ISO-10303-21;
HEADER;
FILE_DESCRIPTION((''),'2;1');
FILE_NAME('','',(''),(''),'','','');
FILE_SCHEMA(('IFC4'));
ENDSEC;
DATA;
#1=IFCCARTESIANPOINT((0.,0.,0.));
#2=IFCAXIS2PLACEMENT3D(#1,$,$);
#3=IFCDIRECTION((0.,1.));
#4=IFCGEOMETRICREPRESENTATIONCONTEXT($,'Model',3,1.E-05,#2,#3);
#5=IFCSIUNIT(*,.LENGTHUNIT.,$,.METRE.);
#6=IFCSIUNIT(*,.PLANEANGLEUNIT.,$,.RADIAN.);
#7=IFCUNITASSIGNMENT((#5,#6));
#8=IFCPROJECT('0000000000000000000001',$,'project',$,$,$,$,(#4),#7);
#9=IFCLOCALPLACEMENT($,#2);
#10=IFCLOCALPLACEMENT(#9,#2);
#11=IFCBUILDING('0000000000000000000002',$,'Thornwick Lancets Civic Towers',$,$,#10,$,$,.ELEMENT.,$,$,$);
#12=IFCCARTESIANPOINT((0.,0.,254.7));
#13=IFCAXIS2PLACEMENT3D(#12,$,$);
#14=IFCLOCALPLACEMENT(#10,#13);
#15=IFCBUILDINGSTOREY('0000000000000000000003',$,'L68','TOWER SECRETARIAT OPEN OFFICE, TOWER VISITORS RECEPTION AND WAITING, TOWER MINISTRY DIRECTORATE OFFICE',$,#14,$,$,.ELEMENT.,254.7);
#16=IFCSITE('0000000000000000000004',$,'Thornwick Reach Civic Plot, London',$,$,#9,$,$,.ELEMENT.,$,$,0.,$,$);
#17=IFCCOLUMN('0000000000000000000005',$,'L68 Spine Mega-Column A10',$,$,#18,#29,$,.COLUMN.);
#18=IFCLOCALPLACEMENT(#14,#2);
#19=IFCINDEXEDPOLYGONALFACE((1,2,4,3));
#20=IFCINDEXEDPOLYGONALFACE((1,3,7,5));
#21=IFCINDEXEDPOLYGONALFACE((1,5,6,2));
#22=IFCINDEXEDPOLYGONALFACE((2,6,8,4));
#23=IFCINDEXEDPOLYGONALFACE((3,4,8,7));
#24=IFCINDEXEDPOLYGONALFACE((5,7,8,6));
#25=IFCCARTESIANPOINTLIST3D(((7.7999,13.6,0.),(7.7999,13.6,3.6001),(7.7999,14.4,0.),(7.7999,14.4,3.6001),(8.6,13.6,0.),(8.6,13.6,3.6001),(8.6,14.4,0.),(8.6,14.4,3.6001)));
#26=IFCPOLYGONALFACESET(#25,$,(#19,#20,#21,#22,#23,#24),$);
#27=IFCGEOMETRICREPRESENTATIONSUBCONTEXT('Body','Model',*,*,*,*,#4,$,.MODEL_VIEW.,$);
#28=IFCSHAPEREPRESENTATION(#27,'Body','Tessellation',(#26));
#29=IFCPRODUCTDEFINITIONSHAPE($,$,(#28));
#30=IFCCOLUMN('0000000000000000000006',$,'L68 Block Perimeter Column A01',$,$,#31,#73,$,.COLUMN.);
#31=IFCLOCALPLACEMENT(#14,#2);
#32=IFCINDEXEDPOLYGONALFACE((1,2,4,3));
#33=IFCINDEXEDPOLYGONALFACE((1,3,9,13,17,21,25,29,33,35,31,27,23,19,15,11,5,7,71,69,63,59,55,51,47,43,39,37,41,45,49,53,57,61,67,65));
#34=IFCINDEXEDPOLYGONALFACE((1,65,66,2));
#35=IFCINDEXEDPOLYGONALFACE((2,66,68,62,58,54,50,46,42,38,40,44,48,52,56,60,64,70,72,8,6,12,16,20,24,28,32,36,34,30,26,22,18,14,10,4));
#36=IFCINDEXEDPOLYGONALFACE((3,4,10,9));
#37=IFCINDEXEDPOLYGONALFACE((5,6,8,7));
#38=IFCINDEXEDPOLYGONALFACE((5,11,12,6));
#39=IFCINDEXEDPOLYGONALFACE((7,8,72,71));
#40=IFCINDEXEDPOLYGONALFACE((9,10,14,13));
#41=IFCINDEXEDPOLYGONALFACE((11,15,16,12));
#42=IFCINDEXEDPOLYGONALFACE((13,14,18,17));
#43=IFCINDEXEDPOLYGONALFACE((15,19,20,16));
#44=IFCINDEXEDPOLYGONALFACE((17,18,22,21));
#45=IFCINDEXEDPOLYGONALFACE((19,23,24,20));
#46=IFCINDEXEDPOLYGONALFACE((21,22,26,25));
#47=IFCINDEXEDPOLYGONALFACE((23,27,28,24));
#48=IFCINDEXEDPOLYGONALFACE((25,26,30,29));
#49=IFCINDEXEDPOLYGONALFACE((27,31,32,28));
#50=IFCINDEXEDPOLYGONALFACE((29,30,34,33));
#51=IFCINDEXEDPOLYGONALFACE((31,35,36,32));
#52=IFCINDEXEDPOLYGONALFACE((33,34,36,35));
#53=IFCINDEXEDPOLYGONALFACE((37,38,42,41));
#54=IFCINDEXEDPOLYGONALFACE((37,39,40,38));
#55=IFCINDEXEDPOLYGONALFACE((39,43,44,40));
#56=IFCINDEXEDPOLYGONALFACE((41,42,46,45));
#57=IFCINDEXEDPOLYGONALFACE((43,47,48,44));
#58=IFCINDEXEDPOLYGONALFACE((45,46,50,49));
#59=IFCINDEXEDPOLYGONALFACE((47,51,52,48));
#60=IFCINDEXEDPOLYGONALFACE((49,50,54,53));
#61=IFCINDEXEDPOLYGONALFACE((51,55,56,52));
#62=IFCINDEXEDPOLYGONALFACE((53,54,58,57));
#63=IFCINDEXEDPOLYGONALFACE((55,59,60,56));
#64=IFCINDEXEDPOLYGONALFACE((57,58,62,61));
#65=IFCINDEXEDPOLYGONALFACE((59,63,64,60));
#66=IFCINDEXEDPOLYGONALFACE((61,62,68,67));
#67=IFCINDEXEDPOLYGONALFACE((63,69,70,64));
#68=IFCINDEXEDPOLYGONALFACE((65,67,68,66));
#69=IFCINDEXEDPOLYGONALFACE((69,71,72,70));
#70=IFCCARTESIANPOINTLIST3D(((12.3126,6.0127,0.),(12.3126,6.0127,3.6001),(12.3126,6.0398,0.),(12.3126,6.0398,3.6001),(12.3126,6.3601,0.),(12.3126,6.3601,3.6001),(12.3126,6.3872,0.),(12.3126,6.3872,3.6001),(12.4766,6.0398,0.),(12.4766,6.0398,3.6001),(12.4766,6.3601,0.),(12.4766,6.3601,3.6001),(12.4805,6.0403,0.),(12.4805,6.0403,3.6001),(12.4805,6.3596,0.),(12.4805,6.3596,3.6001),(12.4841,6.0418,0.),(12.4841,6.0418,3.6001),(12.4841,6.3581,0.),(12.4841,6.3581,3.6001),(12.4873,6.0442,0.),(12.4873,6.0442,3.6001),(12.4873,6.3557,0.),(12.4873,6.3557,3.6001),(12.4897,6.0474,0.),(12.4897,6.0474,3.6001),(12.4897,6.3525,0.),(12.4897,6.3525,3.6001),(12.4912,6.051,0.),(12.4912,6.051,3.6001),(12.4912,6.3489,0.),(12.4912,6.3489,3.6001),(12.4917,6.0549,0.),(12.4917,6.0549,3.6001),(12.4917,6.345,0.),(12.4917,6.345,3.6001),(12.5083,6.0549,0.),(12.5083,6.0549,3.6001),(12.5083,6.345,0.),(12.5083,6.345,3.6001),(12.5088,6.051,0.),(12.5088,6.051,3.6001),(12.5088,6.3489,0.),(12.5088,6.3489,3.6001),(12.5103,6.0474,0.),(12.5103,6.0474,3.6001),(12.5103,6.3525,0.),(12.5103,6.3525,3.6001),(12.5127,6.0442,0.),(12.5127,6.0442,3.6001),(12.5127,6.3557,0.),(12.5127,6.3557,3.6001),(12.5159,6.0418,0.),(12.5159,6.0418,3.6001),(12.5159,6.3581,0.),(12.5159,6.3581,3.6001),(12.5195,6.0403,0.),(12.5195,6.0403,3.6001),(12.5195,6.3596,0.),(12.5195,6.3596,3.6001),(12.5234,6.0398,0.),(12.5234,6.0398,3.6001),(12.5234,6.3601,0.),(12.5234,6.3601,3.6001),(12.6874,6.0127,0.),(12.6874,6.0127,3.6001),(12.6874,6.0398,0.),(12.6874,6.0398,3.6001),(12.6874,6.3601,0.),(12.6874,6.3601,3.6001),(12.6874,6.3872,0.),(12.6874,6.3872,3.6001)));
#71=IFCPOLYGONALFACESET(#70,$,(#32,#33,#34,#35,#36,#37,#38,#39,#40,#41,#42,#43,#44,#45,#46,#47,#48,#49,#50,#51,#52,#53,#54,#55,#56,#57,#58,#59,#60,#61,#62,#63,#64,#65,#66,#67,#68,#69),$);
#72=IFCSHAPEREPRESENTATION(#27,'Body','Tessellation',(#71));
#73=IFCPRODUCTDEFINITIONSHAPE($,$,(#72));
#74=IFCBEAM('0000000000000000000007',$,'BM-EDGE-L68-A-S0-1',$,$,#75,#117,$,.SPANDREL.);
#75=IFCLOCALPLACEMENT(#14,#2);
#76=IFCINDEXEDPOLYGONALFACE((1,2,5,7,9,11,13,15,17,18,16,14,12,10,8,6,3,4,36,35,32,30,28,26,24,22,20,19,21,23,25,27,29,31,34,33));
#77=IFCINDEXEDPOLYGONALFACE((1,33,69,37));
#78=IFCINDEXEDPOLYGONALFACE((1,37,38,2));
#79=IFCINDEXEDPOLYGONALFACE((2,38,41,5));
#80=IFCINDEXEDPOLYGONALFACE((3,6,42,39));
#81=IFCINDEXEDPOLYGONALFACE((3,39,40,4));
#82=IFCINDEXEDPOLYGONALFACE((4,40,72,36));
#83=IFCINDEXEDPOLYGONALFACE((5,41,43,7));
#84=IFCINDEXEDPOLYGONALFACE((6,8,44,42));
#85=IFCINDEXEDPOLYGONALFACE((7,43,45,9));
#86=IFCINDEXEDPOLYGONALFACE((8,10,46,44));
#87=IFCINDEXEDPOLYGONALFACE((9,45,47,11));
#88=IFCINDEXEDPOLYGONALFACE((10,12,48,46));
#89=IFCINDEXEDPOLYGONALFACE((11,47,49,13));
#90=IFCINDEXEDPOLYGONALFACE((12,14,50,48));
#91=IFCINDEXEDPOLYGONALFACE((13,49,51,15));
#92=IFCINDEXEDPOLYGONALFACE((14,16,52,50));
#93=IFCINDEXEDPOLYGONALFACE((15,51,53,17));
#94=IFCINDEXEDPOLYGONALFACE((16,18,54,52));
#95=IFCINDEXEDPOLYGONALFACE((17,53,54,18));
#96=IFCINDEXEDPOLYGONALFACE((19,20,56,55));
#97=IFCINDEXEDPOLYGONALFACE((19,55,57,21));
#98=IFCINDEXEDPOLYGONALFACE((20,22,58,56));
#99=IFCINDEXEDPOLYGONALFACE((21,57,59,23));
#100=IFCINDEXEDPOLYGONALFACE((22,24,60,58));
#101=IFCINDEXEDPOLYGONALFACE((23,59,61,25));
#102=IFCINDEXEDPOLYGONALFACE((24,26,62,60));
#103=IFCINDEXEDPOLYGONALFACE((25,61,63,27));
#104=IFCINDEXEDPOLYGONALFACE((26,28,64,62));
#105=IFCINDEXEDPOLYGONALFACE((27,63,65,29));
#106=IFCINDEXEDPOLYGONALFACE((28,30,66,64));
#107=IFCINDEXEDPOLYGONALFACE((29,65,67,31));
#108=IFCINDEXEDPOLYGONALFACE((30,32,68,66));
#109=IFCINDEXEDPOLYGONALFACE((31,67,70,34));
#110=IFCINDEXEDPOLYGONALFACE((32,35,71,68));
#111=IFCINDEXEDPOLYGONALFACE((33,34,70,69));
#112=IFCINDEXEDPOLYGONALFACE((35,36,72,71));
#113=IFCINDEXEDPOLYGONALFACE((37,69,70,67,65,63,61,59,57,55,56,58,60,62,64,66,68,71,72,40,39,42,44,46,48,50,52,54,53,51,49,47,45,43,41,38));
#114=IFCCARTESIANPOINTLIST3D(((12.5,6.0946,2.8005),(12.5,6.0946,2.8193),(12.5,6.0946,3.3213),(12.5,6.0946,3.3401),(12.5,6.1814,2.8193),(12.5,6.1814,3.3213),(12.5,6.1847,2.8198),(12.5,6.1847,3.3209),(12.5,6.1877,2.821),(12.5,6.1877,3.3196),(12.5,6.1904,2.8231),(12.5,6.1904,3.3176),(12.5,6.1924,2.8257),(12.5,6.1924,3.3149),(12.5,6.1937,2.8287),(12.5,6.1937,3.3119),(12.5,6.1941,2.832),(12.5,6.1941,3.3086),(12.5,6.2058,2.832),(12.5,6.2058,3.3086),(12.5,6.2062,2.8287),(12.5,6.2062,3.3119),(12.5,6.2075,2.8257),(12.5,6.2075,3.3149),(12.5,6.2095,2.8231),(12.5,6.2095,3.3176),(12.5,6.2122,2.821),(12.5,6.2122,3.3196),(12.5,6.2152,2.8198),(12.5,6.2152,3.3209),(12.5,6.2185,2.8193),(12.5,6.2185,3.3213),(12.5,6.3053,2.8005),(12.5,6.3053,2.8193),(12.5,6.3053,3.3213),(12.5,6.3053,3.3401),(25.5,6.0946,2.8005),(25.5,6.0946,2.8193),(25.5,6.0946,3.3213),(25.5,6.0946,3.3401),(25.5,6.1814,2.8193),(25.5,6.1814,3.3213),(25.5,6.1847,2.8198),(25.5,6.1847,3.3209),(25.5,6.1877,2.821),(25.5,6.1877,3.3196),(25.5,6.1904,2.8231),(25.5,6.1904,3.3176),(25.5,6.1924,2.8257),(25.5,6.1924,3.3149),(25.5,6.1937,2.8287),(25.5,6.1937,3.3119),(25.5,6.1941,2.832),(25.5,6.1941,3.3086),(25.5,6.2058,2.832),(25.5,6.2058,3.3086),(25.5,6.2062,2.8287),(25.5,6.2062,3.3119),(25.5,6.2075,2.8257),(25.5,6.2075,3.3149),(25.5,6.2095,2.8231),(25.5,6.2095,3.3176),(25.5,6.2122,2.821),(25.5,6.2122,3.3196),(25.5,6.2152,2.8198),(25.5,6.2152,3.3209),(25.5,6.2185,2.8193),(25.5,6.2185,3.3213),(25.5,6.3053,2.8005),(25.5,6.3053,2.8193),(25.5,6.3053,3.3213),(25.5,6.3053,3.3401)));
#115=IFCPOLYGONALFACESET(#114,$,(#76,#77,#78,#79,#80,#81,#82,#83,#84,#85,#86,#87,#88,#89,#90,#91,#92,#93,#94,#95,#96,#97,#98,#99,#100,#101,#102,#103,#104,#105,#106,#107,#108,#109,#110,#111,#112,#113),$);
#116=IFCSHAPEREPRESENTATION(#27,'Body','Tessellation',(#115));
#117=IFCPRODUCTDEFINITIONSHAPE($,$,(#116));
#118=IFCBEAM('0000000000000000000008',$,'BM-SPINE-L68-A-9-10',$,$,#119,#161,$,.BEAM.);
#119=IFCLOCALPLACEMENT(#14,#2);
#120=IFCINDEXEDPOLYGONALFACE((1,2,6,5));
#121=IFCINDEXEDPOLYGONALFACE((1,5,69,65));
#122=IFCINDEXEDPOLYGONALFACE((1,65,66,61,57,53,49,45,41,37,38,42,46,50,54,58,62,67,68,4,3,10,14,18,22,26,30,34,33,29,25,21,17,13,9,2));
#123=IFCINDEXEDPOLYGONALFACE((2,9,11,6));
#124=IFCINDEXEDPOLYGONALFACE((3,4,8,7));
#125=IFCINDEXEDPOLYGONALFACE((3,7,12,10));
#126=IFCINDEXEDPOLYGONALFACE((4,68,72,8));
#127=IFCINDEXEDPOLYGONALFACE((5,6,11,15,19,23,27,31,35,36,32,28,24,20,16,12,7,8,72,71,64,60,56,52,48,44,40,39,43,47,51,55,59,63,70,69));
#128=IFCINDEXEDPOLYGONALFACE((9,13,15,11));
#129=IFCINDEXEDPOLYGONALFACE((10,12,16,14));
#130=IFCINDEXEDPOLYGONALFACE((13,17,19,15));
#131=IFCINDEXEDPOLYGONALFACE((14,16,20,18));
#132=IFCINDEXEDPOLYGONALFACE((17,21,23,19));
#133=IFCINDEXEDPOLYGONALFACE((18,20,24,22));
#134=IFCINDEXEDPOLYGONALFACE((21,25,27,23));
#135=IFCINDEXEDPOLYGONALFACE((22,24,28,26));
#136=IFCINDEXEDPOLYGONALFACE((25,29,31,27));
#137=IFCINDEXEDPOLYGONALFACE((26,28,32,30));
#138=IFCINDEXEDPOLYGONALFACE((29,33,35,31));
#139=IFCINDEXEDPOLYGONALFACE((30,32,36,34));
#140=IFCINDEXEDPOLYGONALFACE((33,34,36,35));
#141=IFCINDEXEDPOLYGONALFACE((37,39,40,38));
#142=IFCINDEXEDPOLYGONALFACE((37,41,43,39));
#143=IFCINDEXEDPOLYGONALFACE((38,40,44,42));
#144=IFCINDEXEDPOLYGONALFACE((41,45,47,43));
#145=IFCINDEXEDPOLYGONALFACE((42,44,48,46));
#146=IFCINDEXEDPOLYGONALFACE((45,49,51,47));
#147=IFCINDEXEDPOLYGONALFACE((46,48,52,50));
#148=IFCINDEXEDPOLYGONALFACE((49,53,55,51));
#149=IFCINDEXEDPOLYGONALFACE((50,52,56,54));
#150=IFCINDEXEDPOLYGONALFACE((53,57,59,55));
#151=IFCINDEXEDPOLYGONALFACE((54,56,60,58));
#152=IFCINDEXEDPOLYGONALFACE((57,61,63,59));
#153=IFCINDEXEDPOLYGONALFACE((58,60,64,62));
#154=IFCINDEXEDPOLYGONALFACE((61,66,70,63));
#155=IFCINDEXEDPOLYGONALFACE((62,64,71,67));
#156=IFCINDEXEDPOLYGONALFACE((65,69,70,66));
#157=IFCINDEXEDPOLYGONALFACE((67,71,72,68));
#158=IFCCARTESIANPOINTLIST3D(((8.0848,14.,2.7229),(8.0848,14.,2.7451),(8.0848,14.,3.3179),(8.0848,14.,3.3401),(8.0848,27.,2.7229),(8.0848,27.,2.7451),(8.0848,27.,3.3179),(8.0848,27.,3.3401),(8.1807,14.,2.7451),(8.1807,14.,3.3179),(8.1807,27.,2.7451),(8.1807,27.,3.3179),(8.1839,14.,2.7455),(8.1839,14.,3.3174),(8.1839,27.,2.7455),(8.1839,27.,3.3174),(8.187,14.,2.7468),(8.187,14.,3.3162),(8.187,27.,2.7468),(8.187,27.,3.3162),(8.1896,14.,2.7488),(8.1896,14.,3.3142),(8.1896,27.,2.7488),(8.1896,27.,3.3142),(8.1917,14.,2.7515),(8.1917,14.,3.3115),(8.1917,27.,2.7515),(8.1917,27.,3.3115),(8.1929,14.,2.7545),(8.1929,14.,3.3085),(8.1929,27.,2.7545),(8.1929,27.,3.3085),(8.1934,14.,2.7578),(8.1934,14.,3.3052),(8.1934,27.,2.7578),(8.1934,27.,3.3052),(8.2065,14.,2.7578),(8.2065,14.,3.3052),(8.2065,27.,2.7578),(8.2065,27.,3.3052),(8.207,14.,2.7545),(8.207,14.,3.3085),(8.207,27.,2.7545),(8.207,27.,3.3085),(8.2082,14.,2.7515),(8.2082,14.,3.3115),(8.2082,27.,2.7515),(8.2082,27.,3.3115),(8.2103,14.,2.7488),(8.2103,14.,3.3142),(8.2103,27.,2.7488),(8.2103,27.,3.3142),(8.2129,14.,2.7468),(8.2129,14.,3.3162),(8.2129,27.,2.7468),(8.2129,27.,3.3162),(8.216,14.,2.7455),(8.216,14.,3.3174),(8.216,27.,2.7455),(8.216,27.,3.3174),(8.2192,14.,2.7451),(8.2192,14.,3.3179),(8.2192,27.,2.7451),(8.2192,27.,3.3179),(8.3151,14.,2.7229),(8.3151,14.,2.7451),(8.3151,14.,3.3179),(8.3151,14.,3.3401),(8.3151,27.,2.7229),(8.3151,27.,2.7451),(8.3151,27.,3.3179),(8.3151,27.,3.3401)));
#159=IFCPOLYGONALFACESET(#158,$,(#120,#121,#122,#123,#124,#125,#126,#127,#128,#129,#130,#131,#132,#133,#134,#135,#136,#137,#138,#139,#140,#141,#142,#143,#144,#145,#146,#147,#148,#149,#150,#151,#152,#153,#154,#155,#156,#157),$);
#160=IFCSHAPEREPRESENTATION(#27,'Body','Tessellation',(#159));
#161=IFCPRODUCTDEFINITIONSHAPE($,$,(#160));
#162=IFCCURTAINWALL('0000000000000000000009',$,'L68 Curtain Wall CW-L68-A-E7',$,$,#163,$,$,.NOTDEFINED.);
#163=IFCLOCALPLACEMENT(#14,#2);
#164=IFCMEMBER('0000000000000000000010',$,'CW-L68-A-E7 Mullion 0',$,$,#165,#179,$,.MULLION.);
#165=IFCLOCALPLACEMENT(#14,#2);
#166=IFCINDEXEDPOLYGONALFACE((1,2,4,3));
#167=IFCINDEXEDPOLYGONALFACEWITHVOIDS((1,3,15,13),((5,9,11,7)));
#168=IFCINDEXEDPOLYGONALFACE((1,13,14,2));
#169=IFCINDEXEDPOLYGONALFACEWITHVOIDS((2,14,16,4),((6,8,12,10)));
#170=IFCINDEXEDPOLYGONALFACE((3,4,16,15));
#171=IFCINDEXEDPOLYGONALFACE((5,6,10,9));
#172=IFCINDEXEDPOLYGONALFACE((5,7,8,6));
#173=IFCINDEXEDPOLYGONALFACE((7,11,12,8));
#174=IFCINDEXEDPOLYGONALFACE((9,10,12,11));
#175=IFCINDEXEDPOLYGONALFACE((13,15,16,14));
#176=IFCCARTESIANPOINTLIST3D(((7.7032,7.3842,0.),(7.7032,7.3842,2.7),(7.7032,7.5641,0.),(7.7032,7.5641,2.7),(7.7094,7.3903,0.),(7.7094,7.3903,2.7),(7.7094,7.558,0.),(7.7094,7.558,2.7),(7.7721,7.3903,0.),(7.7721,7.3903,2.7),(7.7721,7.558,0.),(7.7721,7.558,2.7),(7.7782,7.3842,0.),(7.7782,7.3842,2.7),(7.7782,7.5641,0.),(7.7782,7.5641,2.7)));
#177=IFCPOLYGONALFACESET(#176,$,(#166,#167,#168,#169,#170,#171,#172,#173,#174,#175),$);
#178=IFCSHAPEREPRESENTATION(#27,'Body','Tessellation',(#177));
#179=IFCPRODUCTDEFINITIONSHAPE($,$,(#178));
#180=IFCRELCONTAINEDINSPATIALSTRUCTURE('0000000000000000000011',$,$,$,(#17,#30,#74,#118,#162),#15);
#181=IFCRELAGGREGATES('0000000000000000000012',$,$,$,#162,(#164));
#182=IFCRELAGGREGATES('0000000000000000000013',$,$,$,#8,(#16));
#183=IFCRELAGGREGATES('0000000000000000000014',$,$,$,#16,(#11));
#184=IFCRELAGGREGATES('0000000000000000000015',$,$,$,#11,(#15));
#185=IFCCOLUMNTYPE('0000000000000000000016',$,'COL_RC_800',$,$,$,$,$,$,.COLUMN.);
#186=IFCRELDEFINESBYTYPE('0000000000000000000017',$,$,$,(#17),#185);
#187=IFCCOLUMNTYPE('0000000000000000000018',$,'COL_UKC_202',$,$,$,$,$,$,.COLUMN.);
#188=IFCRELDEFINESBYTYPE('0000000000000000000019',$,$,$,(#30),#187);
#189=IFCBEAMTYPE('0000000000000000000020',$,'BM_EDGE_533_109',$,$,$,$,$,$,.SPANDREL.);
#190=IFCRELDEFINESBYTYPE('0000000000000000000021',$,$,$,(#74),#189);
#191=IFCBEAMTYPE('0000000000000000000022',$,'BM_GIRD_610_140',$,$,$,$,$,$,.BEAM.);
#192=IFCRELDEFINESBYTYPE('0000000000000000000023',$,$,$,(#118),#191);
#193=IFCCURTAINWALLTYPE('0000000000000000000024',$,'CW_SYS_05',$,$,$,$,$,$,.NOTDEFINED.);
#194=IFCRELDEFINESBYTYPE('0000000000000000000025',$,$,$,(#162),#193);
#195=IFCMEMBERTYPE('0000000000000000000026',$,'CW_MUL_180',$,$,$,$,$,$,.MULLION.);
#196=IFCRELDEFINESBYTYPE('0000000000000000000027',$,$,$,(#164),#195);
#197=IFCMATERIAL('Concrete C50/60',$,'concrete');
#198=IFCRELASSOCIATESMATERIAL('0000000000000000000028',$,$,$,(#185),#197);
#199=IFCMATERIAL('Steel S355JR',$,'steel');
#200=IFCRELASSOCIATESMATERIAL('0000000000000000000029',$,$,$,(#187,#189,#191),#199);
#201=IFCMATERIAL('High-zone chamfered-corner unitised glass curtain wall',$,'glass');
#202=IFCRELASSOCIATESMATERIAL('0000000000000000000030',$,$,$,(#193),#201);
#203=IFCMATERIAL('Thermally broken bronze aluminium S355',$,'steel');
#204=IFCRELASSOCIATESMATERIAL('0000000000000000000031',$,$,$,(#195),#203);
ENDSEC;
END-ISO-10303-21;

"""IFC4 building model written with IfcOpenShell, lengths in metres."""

from ifc_helpers import new_model, si_unit, direction, frame, origin, origin_2d, place, context, subcontext, project, spatial, rectangle, hollow_rectangle, i_section, extrude, material, material_profile, profile_set, type_object, element, aggregate, save


model = new_model("IFC4")

# Units and contexts
model_context = context("Model", 3, precision=1e-05, world=origin(), true_north=direction((0.0, 1.0)))
body_context = subcontext(model_context, "Body", "Model", "MODEL_VIEW")
ifc_project = project(units=[si_unit("LENGTHUNIT", "METRE"), si_unit("PLANEANGLEUNIT", "RADIAN")], contexts=[model_context])

# Site, building, storey
site_placement = place(None, origin())
site = spatial("IfcSite", under=ifc_project, at=site_placement, Name="Thornwick Reach Civic Plot, London", CompositionType="ELEMENT", RefElevation=0.0)
building_placement = place(site_placement, origin())
building = spatial("IfcBuilding", under=site, at=building_placement, Name="Thornwick Lancets Civic Towers", CompositionType="ELEMENT")
storey_placement = place(building_placement, frame((0.0, 0.0, 254.7)))
storey = spatial("IfcBuildingStorey", under=building, at=storey_placement, Name="L68", Description="TOWER SECRETARIAT OPEN OFFICE, TOWER VISITORS RECEPTION AND WAITING, TOWER MINISTRY DIRECTORATE OFFICE", CompositionType="ELEMENT", Elevation=254.7)

# Columns
ifc_material_1 = material(Name="Concrete C50/60", Category="concrete")
ifc_material_profile_1 = material_profile(ifc_material_1, rectangle(XDim=0.8, YDim=0.8, at=origin_2d()), Name="RC 800x800")
ifc_profile_set_1 = profile_set([ifc_material_profile_1], Name="Concrete C50/60")
column_type_1 = type_object("IfcColumnType", Name="COL_RC_800", PredefinedType="COLUMN", material=ifc_profile_set_1)
column_1_placement = place(storey_placement, frame((8.2, 14.0, 0.0), z_axis=(0.0, 0.0, 1.0), x_axis=(1.0, 0.0, 0.0)))
element("IfcColumn", 1, at=column_1_placement, inside=storey, type_object=column_type_1, Name="L68 Spine Mega-Column A10", PredefinedType="COLUMN", context=body_context, shape_type="SweptSolid", body=[
    extrude(rectangle(XDim=0.8, YDim=0.8, at=origin_2d()), origin(), (0.0, 0.0, 1.0), 3.6001),
])
ifc_material_2 = material(Name="Steel S355JR", Category="steel")
ifc_material_profile_2 = material_profile(ifc_material_2, i_section(OverallWidth=0.3748, OverallDepth=0.3745, WebThickness=0.0166, FlangeThickness=0.0271, FilletRadius=0.0151, at=origin_2d()), Name="UKC 356x368x202")
ifc_profile_set_2 = profile_set([ifc_material_profile_2], Name="Steel S355JR")
column_type_2 = type_object("IfcColumnType", Name="COL_UKC_202", PredefinedType="COLUMN", material=ifc_profile_set_2)
column_2_placement = place(storey_placement, frame((12.5, 6.2, 0.0), z_axis=(0.0, 0.0, 1.0), x_axis=(1.0, 0.0, 0.0)))
element("IfcColumn", 2, at=column_2_placement, inside=storey, type_object=column_type_2, Name="L68 Block Perimeter Column A01", PredefinedType="COLUMN", context=body_context, shape_type="SweptSolid", body=[
    extrude(i_section(OverallWidth=0.3748, OverallDepth=0.3745, WebThickness=0.0166, FlangeThickness=0.0271, FilletRadius=0.0151, at=origin_2d()), origin(), (0.0, 0.0, 1.0), 3.6001),
])

# Beams
ifc_material_profile_3 = material_profile(ifc_material_2, i_section(OverallWidth=0.2107, OverallDepth=0.5396, WebThickness=0.0117, FlangeThickness=0.0188, FilletRadius=0.0127, at=origin_2d()), Name="UKB 533x210x109")
ifc_profile_set_3 = profile_set([ifc_material_profile_3], Name="Steel S355JR")
beam_type_1 = type_object("IfcBeamType", Name="BM_EDGE_533_109", PredefinedType="SPANDREL", material=ifc_profile_set_3)
beam_1_placement = place(storey_placement, frame((12.5, 6.2, 3.0703), z_axis=(1.0, 0.0, 0.0), x_axis=(0.0, 1.0, 0.0)))
element("IfcBeam", 3, at=beam_1_placement, inside=storey, type_object=beam_type_1, Name="BM-EDGE-L68-A-S0-1", PredefinedType="SPANDREL", context=body_context, shape_type="SweptSolid", body=[
    extrude(i_section(OverallWidth=0.2107, OverallDepth=0.5396, WebThickness=0.0117, FlangeThickness=0.0188, FilletRadius=0.0127, at=origin_2d()), origin(), (0.0, 0.0, 1.0), 13.0),
])
ifc_material_profile_4 = material_profile(ifc_material_2, i_section(OverallWidth=0.2302, OverallDepth=0.6172, WebThickness=0.0132, FlangeThickness=0.0222, FilletRadius=0.0127, at=origin_2d()), Name="UKB 610x229x140")
ifc_profile_set_4 = profile_set([ifc_material_profile_4], Name="Steel S355JR")
beam_type_2 = type_object("IfcBeamType", Name="BM_GIRD_610_140", PredefinedType="BEAM", material=ifc_profile_set_4)
beam_2_placement = place(storey_placement, frame((8.2, 14.0, 3.0315), z_axis=(0.0, 1.0, 0.0), x_axis=(-1.0, 0.0, 0.0)))
element("IfcBeam", 4, at=beam_2_placement, inside=storey, type_object=beam_type_2, Name="BM-SPINE-L68-A-9-10", PredefinedType="BEAM", context=body_context, shape_type="SweptSolid", body=[
    extrude(i_section(OverallWidth=0.2302, OverallDepth=0.6172, WebThickness=0.0132, FlangeThickness=0.0222, FilletRadius=0.0127, at=origin_2d()), origin(), (0.0, 0.0, 1.0), 13.0),
])

# Curtain wall, member
ifc_material_3 = material(Name="High-zone chamfered-corner unitised glass curtain wall", Category="glass")
curtain_wall_type = type_object("IfcCurtainWallType", Name="CW_SYS_05", PredefinedType="NOTDEFINED", material=ifc_material_3)
curtain_wall_placement = place(storey_placement, origin())
curtain_wall = element("IfcCurtainWall", 5, at=curtain_wall_placement, inside=storey, type_object=curtain_wall_type, Name="L68 Curtain Wall CW-L68-A-E7", PredefinedType="NOTDEFINED")
ifc_material_4 = material(Name="Thermally broken bronze aluminium S355", Category="steel")
ifc_material_profile_5 = material_profile(ifc_material_4, hollow_rectangle(XDim=0.075, YDim=0.1799, WallThickness=0.0061, at=origin_2d()), Name="RHS 180x75x6")
ifc_profile_set_5 = profile_set([ifc_material_profile_5], Name="Thermally broken bronze aluminium S355")
member_type_1 = type_object("IfcMemberType", Name="CW_MUL_180", PredefinedType="MULLION", material=ifc_profile_set_5)
member_1_placement = place(storey_placement, frame((7.7407, 7.4741, 0.0), z_axis=(0.0, 0.0, 1.0), x_axis=(1.0, 0.0, 0.0)))
member_1 = element("IfcMember", 6, at=member_1_placement, type_object=member_type_1, Name="CW-L68-A-E7 Mullion 0", PredefinedType="MULLION", context=body_context, shape_type="SweptSolid", body=[
    extrude(hollow_rectangle(XDim=0.075, YDim=0.1799, WallThickness=0.0061, at=origin_2d()), origin(), (0.0, 0.0, 1.0), 2.7),
])
aggregate(curtain_wall, [member_1])

save(model, "model.ifc")
